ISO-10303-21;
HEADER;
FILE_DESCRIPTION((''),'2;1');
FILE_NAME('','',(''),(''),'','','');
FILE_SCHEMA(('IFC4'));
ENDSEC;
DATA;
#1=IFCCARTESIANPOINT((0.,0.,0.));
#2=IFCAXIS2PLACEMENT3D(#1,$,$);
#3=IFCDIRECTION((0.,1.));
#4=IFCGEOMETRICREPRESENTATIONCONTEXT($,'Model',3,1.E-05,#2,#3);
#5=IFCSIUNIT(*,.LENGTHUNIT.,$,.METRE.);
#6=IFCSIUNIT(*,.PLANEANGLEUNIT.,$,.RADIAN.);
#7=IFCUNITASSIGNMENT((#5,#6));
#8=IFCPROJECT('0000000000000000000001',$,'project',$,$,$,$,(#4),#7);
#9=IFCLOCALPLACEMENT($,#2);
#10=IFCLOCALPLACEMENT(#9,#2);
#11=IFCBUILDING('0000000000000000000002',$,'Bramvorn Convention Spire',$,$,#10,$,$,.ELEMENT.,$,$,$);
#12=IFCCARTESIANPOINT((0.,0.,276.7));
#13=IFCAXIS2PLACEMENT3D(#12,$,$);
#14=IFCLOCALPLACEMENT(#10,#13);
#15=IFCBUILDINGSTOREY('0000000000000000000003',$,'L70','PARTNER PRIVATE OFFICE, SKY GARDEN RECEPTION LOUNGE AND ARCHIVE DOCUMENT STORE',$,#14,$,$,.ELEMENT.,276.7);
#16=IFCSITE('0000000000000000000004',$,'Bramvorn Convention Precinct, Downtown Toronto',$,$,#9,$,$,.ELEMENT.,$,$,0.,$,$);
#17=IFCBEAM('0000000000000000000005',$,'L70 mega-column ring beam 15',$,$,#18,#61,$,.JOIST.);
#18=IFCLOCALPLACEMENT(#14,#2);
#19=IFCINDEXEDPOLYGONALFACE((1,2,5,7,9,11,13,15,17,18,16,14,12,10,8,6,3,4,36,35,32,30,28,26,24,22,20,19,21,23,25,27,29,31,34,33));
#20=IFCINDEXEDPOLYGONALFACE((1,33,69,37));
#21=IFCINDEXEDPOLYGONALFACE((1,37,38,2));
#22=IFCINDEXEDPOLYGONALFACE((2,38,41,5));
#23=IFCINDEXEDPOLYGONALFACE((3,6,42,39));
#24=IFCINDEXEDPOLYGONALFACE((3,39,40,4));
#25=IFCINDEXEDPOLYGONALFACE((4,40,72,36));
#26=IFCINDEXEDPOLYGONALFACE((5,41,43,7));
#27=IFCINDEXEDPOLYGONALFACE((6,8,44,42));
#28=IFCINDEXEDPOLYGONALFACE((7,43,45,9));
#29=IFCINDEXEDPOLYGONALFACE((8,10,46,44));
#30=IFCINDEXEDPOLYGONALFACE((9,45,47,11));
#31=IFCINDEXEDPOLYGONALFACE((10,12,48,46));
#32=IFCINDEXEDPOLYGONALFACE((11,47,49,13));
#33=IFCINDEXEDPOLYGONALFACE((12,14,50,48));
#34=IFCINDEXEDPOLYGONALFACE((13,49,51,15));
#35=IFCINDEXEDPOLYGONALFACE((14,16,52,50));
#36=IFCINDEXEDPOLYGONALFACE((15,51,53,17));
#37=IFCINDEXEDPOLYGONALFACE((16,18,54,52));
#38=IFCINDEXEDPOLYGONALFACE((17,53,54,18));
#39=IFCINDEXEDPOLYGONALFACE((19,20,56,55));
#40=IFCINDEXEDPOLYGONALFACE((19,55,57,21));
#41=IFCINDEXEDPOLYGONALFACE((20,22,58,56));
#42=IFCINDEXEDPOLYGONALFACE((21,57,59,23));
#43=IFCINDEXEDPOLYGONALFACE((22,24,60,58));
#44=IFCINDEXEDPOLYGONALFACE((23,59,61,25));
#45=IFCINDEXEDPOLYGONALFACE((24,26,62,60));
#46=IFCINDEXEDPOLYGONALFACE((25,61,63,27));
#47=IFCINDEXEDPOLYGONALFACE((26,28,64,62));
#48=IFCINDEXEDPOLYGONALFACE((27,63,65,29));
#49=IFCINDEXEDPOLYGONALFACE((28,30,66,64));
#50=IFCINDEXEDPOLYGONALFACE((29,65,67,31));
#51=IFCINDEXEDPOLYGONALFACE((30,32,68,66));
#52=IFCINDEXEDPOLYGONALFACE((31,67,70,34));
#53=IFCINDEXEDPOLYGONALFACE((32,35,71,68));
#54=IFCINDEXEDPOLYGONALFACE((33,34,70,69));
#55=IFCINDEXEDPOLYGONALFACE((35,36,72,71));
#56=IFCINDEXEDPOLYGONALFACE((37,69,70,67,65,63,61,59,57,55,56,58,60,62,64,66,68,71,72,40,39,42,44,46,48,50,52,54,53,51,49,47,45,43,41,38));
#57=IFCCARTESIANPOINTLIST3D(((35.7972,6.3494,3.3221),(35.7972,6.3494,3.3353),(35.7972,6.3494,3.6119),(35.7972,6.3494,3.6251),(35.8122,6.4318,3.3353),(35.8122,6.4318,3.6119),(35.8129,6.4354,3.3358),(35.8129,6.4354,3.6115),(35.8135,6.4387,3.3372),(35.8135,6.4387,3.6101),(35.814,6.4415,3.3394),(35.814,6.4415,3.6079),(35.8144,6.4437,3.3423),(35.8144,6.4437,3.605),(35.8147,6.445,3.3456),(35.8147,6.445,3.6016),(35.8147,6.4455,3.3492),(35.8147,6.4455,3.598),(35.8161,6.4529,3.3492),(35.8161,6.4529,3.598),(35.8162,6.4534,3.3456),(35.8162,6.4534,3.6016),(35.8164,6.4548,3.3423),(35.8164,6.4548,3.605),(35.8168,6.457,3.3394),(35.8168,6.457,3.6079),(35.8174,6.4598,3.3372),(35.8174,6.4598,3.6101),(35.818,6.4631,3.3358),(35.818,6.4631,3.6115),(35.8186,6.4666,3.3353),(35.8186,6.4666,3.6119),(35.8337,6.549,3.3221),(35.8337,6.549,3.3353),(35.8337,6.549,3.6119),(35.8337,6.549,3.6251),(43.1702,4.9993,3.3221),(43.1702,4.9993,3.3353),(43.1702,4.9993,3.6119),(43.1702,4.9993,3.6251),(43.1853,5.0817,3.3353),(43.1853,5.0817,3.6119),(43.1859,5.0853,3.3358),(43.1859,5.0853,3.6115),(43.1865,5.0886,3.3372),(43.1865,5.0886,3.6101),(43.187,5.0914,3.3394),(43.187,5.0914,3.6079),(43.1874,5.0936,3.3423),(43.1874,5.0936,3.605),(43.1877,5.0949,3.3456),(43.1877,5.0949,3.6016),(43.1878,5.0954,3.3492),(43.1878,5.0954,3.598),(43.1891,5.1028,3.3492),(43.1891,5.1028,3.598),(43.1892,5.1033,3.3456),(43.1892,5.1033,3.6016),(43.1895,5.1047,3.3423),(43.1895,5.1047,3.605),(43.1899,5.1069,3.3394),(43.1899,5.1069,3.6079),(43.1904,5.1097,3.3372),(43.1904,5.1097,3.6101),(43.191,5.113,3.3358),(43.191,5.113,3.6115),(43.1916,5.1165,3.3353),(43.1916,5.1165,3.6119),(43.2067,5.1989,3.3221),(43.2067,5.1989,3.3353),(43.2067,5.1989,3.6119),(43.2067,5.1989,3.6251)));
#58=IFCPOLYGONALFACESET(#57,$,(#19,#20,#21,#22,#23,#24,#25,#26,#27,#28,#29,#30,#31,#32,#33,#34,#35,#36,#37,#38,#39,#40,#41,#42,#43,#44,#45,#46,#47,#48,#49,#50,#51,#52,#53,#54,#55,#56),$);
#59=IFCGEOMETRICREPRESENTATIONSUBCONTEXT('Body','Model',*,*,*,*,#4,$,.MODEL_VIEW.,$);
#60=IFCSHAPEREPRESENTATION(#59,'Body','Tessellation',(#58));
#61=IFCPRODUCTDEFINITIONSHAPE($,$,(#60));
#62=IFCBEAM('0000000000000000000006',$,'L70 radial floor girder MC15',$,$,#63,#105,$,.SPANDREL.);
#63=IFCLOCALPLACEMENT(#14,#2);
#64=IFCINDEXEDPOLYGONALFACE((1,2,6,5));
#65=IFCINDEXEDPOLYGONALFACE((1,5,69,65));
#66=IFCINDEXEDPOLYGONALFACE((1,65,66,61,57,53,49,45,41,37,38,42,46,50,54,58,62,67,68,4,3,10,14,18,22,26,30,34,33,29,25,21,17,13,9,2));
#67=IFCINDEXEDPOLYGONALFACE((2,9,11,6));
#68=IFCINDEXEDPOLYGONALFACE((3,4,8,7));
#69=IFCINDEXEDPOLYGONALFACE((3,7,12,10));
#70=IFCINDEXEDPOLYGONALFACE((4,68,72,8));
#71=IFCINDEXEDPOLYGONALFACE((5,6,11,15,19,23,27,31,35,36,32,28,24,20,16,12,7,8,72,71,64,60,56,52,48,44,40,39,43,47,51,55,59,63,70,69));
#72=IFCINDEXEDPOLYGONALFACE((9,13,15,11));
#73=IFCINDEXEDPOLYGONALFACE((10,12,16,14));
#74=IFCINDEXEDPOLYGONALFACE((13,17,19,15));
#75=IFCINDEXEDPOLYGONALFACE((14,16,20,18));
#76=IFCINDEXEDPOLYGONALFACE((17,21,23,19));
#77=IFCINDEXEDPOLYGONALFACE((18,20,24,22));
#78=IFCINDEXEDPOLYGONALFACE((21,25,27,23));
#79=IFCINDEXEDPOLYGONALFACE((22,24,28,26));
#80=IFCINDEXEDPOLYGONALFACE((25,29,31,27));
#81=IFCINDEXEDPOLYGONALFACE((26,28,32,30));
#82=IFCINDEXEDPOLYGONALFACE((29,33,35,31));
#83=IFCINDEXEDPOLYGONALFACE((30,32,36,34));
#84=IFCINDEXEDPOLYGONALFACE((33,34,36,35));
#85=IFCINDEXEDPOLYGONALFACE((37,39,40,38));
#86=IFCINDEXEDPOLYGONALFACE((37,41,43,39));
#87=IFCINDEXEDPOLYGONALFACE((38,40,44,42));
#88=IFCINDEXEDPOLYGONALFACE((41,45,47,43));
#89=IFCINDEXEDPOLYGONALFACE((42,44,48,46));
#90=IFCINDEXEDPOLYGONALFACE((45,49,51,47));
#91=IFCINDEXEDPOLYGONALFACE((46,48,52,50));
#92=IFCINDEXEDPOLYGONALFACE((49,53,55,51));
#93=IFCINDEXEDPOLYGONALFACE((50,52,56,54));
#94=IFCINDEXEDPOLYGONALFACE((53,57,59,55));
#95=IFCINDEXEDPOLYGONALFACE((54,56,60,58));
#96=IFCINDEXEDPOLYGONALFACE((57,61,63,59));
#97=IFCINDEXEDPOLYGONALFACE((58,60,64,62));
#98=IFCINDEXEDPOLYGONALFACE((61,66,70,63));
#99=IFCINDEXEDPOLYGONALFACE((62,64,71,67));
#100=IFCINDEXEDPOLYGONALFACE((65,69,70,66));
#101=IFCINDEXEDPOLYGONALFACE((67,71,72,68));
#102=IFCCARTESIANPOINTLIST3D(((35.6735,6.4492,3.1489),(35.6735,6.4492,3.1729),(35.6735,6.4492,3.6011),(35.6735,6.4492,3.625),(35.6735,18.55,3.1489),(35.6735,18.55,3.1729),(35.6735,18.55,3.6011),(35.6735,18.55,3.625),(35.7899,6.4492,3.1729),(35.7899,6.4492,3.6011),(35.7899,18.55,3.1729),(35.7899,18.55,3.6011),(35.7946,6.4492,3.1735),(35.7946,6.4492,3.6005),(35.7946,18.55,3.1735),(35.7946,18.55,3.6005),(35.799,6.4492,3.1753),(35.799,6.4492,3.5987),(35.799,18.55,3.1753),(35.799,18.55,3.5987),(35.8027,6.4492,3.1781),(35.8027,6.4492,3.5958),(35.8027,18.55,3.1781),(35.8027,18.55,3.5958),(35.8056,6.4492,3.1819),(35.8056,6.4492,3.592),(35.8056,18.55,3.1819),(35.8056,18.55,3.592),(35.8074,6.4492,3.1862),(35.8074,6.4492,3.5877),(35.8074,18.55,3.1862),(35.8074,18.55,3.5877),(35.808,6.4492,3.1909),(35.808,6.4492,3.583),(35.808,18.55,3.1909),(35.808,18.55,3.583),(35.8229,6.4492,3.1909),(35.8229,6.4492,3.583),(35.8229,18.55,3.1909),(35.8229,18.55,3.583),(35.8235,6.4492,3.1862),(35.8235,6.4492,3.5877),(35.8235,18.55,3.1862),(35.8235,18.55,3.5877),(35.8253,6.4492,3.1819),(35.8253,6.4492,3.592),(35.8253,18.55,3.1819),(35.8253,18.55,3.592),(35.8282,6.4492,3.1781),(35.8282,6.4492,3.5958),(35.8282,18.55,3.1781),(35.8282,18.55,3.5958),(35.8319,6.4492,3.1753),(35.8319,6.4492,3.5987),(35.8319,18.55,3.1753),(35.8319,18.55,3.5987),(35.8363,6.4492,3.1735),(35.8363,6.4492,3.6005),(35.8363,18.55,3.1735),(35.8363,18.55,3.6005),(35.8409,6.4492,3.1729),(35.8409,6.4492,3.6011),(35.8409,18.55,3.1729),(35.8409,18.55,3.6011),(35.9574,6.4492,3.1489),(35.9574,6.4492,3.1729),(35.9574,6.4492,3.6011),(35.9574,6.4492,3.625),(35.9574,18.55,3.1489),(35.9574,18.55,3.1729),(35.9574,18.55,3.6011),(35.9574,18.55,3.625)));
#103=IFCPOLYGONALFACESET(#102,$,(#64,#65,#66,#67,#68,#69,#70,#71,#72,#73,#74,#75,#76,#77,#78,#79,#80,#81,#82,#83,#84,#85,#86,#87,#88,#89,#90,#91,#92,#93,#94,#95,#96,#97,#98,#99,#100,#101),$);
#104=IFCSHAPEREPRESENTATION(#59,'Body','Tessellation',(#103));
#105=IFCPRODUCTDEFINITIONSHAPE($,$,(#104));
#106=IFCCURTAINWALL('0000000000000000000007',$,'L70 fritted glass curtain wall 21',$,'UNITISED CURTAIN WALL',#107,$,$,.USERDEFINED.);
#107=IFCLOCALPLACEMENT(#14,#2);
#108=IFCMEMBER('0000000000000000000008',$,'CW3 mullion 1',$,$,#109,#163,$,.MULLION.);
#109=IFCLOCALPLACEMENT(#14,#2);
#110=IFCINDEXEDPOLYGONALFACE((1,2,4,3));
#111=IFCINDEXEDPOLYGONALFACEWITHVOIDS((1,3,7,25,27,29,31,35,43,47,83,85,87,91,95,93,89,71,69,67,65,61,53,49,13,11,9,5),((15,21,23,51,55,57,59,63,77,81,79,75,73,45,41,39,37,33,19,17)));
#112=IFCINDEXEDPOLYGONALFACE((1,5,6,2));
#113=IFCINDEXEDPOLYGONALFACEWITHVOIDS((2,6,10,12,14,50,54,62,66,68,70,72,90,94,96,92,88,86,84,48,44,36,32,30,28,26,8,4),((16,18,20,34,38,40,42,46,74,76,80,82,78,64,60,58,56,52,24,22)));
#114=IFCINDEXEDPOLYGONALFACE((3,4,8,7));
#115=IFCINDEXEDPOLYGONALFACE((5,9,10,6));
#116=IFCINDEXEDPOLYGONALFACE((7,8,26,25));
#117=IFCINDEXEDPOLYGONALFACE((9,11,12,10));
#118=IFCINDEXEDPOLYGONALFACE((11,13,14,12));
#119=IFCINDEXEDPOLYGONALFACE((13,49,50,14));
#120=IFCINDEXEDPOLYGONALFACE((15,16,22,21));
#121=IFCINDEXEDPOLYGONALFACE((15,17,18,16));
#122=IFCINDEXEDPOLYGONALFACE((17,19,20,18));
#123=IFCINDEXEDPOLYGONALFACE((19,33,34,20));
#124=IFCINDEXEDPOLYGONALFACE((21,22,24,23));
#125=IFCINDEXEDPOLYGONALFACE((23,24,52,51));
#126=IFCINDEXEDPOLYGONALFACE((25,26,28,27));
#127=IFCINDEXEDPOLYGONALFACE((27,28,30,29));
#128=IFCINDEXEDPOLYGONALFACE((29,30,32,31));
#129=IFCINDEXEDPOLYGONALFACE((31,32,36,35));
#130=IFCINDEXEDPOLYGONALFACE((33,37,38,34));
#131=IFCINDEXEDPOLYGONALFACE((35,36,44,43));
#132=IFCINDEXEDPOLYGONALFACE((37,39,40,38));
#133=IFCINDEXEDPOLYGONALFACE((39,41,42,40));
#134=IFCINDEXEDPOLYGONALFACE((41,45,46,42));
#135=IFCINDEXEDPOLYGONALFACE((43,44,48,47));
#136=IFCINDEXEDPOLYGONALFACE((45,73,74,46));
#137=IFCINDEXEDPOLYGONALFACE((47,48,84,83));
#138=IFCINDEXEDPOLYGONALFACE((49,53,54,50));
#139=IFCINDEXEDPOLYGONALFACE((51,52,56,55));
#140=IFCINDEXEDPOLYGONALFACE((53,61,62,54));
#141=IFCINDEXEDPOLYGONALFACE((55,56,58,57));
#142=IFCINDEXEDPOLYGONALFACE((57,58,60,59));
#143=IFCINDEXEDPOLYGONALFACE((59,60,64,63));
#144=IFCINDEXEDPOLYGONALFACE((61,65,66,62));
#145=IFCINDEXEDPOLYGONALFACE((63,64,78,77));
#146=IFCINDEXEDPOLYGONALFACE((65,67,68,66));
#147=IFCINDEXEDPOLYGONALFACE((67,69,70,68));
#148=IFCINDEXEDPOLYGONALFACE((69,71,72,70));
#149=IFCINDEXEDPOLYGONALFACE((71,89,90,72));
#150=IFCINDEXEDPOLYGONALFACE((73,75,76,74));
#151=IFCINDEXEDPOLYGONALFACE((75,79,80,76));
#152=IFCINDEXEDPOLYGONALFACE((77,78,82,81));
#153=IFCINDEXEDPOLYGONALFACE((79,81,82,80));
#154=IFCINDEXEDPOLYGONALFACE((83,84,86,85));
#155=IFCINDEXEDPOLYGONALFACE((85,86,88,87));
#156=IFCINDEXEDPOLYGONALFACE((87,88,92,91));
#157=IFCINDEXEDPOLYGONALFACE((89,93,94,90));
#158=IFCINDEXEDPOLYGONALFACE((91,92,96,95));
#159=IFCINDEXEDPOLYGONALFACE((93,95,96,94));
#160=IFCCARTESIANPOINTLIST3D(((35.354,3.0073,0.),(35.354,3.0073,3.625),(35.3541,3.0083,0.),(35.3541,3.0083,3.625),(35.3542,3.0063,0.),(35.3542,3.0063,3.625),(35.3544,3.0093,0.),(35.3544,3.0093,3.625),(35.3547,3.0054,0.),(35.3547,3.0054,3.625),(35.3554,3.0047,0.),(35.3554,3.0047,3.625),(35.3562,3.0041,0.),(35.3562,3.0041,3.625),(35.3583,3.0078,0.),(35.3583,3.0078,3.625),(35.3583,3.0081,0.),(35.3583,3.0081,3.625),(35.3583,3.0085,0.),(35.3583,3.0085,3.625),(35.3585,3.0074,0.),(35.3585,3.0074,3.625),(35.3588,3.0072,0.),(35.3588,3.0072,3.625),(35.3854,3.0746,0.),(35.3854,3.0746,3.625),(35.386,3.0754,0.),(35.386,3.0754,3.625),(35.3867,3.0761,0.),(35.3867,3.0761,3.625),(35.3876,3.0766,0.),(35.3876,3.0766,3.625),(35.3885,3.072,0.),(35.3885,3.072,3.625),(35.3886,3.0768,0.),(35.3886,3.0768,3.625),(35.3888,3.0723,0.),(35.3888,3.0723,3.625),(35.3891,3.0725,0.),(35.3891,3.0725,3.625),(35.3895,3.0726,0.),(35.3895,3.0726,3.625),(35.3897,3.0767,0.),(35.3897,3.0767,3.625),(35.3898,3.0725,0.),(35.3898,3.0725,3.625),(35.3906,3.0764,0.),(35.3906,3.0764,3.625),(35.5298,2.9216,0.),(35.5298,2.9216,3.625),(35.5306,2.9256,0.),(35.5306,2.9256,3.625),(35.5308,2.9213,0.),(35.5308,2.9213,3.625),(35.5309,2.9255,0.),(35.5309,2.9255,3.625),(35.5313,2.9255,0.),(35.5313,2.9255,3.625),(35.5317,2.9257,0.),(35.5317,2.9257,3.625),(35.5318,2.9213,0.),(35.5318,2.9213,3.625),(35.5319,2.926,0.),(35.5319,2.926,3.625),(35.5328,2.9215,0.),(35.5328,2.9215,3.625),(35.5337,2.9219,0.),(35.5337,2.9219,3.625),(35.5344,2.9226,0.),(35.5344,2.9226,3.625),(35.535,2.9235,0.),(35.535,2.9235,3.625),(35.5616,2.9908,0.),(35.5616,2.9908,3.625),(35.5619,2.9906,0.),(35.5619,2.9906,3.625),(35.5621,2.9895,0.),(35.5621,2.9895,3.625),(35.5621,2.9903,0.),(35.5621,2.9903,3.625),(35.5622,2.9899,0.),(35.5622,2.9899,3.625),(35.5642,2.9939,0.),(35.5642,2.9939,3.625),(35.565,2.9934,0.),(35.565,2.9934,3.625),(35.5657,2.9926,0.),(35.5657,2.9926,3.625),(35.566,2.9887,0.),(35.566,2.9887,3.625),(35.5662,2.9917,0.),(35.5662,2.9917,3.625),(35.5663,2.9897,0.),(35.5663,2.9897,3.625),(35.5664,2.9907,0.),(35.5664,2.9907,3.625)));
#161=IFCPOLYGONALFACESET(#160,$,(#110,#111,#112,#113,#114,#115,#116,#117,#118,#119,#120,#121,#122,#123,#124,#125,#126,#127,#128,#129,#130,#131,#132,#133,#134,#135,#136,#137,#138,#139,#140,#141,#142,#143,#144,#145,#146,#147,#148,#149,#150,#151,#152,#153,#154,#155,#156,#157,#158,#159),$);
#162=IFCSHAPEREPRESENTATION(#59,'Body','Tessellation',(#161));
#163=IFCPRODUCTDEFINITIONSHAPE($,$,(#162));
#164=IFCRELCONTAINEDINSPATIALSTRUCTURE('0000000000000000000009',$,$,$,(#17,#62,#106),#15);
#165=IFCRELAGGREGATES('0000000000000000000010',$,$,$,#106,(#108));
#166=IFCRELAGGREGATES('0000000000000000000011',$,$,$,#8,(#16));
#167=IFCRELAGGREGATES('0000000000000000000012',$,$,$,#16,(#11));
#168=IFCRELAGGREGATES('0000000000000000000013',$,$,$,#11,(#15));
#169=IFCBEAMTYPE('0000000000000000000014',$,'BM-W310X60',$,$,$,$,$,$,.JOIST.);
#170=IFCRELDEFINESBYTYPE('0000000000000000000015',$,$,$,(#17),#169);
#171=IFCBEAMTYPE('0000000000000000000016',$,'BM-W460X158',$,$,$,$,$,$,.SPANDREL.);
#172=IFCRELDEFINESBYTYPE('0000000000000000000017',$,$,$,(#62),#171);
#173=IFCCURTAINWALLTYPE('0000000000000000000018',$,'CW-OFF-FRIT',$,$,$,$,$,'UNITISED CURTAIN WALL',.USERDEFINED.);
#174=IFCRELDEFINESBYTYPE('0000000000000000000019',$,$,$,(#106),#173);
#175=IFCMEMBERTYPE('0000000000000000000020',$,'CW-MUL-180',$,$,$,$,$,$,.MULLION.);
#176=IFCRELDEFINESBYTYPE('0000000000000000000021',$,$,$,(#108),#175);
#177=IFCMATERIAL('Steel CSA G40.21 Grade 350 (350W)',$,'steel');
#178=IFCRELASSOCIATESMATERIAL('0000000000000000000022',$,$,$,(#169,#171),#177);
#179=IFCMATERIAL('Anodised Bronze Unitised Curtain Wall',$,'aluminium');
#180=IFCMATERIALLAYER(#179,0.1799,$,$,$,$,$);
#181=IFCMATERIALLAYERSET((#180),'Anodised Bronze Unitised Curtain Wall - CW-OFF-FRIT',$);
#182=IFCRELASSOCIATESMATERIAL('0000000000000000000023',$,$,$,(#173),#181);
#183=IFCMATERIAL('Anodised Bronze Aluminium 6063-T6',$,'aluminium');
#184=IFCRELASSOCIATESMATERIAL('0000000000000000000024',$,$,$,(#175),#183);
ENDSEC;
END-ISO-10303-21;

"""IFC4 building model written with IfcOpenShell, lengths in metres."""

from ifc_helpers import new_model, si_unit, direction, frame, origin, origin_2d, place, context, subcontext, project, spatial, hollow_rectangle, i_section, extrude, material, layer, layer_set, material_profile, profile_set, type_object, element, aggregate, save


model = new_model("IFC4")

# Units and contexts
model_context = context("Model", 3, precision=1e-05, world=origin(), true_north=direction((0.0, 1.0)))
body_context = subcontext(model_context, "Body", "Model", "MODEL_VIEW")
ifc_project = project(units=[si_unit("LENGTHUNIT", "METRE"), si_unit("PLANEANGLEUNIT", "RADIAN")], contexts=[model_context])

# Site, building, storey
site_placement = place(None, origin())
site = spatial("IfcSite", under=ifc_project, at=site_placement, Name="Bramvorn Convention Precinct, Downtown Toronto", CompositionType="ELEMENT", RefElevation=0.0)
building_placement = place(site_placement, origin())
building = spatial("IfcBuilding", under=site, at=building_placement, Name="Bramvorn Convention Spire", CompositionType="ELEMENT")
storey_placement = place(building_placement, frame((0.0, 0.0, 276.7)))
storey = spatial("IfcBuildingStorey", under=building, at=storey_placement, Name="L70", Description="PARTNER PRIVATE OFFICE, SKY GARDEN RECEPTION LOUNGE AND ARCHIVE DOCUMENT STORE", CompositionType="ELEMENT", Elevation=276.7)

# Shared definitions
ifc_material_1 = material(Name="Steel CSA G40.21 Grade 350 (350W)", Category="steel")

# Beams
ifc_material_profile_1 = material_profile(ifc_material_1, i_section(OverallWidth=0.2029, OverallDepth=0.303, WebThickness=0.0076, FlangeThickness=0.0132, FilletRadius=0.0139, at=origin_2d()))
ifc_profile_set_1 = profile_set([ifc_material_profile_1], Name="Steel CSA G40.21 Grade 350 (350W) - W310X60")
beam_type_1 = type_object("IfcBeamType", Name="BM-W310X60", PredefinedType="JOIST", material=ifc_profile_set_1)
beam_1_placement = place(storey_placement, frame((35.8154, 6.4492, 3.4736), z_axis=(0.983645, -0.180118, 0.0), x_axis=(0.180118, 0.983645, 0.0)))
element("IfcBeam", 1, at=beam_1_placement, inside=storey, type_object=beam_type_1, Name="L70 mega-column ring beam 15", PredefinedType="JOIST", context=body_context, shape_type="SweptSolid", body=[
    extrude(i_section(OverallWidth=0.2029, OverallDepth=0.303, WebThickness=0.0076, FlangeThickness=0.0132, FilletRadius=0.0139, at=origin_2d()), origin(), (0.0, 0.0, 1.0), 7.4956),
])
ifc_material_profile_2 = material_profile(ifc_material_1, i_section(OverallWidth=0.2839, OverallDepth=0.4761, WebThickness=0.0149, FlangeThickness=0.0239, FilletRadius=0.0181, at=origin_2d()))
ifc_profile_set_2 = profile_set([ifc_material_profile_2], Name="Steel CSA G40.21 Grade 350 (350W) - W460X158")
beam_type_2 = type_object("IfcBeamType", Name="BM-W460X158", PredefinedType="SPANDREL", material=ifc_profile_set_2)
beam_2_placement = place(storey_placement, frame((35.8154, 18.55, 3.387), z_axis=(0.0, -1.0, 0.0), x_axis=(1.0, 0.0, 0.0)))
element("IfcBeam", 2, at=beam_2_placement, inside=storey, type_object=beam_type_2, Name="L70 radial floor girder MC15", PredefinedType="SPANDREL", context=body_context, shape_type="SweptSolid", body=[
    extrude(i_section(OverallWidth=0.2839, OverallDepth=0.4761, WebThickness=0.0149, FlangeThickness=0.0239, FilletRadius=0.0181, at=origin_2d()), origin(), (0.0, 0.0, 1.0), 12.1008),
])

# Curtain wall, member
ifc_material_2 = material(Name="Anodised Bronze Unitised Curtain Wall", Category="aluminium")
ifc_layer_1 = layer(ifc_material_2, 0.1799)
ifc_layer_set_1 = layer_set([ifc_layer_1], Name="Anodised Bronze Unitised Curtain Wall - CW-OFF-FRIT")
curtain_wall_type = type_object("IfcCurtainWallType", Name="CW-OFF-FRIT", ElementType="UNITISED CURTAIN WALL", PredefinedType="USERDEFINED", material=ifc_layer_set_1)
curtain_wall_1_placement = place(storey_placement, origin())
curtain_wall_1 = element("IfcCurtainWall", 3, at=curtain_wall_1_placement, inside=storey, type_object=curtain_wall_type, Name="L70 fritted glass curtain wall 21", ObjectType="UNITISED CURTAIN WALL", PredefinedType="USERDEFINED")
ifc_material_3 = material(Name="Anodised Bronze Aluminium 6063-T6", Category="aluminium")
ifc_material_profile_3 = material_profile(ifc_material_3, hollow_rectangle(XDim=0.0801, YDim=0.2, WallThickness=0.0039, InnerFilletRadius=0.001, OuterFilletRadius=0.0039, at=origin_2d()))
ifc_profile_set_3 = profile_set([ifc_material_profile_3], Name="Anodised Bronze Aluminium 6063-T6 - CWM80X200")
member_type_1 = type_object("IfcMemberType", Name="CW-MUL-180", PredefinedType="MULLION", material=ifc_profile_set_3)
member_1_placement = place(storey_placement, frame((35.4602, 2.999, 0.0), z_axis=(0.0, 0.0, 1.0), x_axis=(-0.429265, -0.903178, 0.0)))
member_1 = element("IfcMember", 4, at=member_1_placement, type_object=member_type_1, Name="CW3 mullion 1", PredefinedType="MULLION", context=body_context, shape_type="SweptSolid", body=[
    extrude(hollow_rectangle(XDim=0.0801, YDim=0.2, WallThickness=0.0039, InnerFilletRadius=0.001, OuterFilletRadius=0.0039, at=origin_2d()), origin(), (0.0, 0.0, 1.0), 3.625),
])

aggregate(curtain_wall_1, [member_1])

save(model, "model.ifc")
